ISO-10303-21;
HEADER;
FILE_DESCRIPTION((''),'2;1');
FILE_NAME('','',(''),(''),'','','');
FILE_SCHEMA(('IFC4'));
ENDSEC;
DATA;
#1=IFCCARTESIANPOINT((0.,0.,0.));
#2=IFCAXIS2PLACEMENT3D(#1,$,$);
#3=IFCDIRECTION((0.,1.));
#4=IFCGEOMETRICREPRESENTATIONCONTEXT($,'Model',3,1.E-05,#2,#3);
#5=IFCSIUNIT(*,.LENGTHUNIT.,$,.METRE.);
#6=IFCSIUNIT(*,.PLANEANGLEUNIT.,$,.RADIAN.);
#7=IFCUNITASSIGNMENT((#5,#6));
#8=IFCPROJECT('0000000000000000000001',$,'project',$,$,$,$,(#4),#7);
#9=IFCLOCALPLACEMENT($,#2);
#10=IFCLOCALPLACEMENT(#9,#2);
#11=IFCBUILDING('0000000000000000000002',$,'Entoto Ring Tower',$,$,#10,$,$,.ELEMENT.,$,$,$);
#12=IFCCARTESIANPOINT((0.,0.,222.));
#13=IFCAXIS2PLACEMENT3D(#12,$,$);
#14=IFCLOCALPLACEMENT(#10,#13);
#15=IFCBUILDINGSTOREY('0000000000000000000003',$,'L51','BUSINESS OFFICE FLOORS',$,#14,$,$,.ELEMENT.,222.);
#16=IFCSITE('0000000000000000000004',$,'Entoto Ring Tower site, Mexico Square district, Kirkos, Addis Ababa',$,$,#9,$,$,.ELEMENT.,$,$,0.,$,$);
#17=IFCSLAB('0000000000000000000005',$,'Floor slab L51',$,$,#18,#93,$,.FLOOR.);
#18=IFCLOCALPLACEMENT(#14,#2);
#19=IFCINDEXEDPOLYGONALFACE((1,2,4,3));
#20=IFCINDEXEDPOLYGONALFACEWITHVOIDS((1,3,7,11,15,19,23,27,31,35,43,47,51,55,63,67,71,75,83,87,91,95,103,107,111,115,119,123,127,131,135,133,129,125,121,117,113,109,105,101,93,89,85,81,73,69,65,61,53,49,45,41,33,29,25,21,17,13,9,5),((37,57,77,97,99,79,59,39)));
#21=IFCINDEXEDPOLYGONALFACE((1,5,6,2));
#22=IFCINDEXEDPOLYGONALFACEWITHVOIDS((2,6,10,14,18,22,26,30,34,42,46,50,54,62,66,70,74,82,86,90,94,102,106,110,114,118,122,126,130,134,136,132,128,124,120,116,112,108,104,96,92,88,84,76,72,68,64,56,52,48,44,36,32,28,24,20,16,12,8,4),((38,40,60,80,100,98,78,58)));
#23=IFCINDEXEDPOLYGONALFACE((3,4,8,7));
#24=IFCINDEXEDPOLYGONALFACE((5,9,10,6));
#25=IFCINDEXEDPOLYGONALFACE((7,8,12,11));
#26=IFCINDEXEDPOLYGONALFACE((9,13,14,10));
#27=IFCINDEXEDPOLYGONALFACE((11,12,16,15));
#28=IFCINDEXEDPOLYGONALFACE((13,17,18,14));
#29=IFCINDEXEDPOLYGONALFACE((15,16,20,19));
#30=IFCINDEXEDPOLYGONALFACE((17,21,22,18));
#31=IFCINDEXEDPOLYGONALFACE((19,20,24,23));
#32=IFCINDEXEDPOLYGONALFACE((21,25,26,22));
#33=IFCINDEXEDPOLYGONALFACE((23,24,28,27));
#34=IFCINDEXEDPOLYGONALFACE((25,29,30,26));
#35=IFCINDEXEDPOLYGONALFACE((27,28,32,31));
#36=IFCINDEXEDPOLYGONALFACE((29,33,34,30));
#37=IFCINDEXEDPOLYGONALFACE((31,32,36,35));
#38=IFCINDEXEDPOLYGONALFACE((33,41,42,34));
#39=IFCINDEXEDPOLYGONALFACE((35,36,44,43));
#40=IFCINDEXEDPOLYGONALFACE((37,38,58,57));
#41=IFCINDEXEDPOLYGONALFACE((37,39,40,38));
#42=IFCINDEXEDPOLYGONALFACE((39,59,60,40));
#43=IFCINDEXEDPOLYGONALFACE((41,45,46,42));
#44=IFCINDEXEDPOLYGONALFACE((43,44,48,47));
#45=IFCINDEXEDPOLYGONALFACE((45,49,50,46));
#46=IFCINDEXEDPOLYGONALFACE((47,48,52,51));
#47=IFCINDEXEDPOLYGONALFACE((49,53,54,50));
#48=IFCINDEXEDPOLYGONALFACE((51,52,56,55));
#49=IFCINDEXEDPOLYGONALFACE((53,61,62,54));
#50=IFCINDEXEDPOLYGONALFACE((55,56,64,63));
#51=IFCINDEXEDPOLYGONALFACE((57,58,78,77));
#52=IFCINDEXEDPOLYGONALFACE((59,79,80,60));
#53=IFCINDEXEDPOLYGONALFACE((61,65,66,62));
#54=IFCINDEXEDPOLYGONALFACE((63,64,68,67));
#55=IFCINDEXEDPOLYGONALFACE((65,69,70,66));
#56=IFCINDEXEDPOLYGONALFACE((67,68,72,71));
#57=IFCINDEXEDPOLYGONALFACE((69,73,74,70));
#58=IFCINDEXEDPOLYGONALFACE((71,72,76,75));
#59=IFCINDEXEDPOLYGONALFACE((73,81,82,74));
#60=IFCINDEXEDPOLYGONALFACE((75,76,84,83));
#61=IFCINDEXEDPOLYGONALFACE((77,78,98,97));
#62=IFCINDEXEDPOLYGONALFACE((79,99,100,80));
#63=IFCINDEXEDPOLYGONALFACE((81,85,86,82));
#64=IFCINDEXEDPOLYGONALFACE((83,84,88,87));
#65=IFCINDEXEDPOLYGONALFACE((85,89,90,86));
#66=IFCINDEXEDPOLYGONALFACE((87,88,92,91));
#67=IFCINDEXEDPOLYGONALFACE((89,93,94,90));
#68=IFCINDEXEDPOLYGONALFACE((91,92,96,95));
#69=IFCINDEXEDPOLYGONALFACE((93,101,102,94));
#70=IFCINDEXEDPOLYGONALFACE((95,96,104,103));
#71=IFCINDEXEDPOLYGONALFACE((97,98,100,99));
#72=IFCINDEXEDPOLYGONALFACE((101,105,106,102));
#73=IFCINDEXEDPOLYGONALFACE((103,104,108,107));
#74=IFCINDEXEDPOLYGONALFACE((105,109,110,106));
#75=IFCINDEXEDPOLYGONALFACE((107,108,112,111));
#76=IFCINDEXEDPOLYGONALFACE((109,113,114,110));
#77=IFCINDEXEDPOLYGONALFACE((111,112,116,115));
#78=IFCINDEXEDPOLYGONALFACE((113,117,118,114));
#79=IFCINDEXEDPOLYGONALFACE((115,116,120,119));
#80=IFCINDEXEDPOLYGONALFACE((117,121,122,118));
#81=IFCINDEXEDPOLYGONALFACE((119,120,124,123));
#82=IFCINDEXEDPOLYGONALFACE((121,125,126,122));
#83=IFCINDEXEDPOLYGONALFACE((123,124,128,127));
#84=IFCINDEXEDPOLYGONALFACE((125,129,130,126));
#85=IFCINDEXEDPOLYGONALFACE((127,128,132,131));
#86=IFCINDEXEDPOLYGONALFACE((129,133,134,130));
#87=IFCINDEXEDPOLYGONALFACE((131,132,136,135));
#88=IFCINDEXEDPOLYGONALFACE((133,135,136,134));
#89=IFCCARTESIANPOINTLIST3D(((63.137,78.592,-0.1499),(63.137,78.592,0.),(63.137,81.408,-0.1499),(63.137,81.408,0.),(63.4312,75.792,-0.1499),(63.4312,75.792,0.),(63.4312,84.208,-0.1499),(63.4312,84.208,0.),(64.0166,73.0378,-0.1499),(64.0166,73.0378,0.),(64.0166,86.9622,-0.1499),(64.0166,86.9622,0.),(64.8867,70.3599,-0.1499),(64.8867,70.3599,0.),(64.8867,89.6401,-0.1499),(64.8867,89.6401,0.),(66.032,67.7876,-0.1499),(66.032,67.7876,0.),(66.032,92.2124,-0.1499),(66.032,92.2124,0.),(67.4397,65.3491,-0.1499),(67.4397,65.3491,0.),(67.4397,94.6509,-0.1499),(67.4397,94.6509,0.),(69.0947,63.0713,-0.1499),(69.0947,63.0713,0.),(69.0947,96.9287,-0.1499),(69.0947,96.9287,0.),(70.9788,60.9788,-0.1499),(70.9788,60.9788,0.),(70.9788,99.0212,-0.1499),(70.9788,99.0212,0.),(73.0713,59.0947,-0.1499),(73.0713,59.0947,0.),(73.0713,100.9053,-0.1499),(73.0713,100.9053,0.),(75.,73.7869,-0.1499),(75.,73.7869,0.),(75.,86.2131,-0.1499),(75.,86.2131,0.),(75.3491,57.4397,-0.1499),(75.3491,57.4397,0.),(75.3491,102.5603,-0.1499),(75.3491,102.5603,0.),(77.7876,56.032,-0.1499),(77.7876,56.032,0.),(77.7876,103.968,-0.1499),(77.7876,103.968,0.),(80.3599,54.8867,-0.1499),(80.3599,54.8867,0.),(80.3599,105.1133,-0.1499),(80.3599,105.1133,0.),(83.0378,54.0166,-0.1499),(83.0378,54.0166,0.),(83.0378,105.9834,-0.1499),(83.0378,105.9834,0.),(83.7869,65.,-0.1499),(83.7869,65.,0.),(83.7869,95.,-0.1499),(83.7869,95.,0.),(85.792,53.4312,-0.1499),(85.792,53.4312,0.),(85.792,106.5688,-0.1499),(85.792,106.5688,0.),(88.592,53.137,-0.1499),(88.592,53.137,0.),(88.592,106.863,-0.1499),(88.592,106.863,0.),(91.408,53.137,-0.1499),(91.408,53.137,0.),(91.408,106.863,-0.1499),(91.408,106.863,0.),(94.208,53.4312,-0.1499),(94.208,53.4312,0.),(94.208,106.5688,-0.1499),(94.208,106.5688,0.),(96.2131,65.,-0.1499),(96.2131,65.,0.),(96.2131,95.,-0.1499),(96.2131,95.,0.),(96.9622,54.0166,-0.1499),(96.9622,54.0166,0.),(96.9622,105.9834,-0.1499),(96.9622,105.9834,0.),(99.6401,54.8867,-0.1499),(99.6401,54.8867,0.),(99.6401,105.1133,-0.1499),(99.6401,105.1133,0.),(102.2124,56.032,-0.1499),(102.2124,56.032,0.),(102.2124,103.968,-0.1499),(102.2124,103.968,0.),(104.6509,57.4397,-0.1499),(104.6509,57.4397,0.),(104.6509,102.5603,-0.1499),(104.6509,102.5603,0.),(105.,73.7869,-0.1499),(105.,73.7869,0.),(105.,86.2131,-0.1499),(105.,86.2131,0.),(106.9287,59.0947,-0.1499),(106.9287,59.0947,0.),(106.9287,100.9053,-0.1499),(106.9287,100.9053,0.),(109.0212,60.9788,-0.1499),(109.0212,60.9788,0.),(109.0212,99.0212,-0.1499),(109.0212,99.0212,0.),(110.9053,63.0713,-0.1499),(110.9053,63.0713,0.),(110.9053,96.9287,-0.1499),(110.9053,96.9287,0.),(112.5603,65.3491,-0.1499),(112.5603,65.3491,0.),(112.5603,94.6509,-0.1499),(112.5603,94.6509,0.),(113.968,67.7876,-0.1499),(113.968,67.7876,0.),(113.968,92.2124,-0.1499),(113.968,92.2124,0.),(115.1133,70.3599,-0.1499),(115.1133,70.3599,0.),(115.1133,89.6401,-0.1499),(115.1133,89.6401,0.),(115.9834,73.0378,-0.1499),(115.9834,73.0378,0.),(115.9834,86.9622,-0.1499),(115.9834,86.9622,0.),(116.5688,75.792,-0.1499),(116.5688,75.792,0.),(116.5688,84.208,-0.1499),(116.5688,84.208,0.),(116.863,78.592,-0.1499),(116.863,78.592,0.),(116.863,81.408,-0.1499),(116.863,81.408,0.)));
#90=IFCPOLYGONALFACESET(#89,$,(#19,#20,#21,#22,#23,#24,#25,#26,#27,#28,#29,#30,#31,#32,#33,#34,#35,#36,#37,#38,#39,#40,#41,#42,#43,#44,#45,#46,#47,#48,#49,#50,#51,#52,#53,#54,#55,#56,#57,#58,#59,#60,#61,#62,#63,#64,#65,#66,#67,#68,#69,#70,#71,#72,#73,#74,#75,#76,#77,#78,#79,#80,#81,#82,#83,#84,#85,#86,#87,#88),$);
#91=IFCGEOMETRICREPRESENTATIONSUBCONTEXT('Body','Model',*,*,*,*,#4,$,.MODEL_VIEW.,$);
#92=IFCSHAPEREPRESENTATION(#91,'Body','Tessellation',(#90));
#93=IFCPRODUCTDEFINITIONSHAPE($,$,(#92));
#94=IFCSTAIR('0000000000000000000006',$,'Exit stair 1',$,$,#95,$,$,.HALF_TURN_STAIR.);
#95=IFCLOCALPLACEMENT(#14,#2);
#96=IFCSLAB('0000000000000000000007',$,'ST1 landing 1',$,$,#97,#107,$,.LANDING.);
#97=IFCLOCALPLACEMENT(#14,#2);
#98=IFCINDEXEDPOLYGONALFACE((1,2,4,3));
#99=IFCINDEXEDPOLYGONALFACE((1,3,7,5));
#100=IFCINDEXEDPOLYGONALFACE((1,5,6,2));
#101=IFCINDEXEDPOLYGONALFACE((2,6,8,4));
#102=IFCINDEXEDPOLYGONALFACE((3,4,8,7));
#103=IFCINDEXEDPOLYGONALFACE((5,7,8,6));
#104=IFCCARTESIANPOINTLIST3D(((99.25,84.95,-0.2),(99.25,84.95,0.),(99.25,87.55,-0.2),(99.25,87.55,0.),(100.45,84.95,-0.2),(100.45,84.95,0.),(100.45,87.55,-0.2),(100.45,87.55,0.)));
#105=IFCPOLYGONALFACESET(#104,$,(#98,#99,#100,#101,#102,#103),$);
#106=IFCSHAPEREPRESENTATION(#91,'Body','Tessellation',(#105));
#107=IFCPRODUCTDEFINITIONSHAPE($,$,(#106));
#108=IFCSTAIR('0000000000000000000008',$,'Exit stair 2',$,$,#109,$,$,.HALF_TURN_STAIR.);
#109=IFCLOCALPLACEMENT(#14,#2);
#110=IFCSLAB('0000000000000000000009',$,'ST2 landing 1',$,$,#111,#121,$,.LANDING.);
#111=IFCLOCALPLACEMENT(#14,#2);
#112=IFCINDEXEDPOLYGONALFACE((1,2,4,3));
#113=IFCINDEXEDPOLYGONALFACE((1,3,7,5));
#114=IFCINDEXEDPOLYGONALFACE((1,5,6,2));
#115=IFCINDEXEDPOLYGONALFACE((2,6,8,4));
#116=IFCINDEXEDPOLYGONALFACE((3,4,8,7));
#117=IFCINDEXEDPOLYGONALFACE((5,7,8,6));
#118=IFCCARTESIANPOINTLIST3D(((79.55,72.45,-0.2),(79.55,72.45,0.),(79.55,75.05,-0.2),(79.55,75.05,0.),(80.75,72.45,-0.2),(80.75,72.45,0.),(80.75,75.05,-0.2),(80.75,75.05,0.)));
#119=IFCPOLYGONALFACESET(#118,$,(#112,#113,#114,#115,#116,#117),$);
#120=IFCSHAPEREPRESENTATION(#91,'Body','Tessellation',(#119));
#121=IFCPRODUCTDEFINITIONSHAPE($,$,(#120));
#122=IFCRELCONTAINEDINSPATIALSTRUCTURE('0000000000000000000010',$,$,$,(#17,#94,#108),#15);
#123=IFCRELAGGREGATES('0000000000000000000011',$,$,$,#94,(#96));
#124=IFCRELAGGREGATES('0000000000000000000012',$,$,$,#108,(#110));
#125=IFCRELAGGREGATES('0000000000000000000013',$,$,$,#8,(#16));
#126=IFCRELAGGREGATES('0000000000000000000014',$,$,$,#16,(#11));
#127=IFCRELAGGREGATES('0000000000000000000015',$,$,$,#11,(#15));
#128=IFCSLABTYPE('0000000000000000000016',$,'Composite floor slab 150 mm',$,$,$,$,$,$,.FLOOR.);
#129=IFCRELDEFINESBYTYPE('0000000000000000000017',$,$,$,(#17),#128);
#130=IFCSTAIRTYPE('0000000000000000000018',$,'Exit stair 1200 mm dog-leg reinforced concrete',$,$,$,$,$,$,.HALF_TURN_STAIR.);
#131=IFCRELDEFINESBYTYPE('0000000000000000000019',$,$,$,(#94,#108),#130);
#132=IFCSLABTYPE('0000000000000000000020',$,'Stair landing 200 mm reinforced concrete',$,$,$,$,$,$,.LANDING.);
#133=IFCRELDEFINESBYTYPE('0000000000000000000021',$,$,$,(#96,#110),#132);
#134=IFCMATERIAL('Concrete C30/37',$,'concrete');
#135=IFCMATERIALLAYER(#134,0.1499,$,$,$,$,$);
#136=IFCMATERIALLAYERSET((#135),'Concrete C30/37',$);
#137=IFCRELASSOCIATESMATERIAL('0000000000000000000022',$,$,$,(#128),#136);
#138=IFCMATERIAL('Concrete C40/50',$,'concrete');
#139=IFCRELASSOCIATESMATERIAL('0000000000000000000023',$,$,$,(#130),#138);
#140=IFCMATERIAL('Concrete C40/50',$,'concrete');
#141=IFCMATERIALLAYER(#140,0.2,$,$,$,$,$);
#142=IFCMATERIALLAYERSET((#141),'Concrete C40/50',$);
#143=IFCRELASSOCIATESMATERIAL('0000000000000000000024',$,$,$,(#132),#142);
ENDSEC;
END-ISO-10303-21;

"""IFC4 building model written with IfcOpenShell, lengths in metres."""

from ifc_helpers import new_model, si_unit, direction, frame, origin, place, context, subcontext, project, spatial, polyline, outline, extrude, material, layer, layer_set, type_object, element, aggregate, save


model = new_model("IFC4")

# Units and contexts
model_context = context("Model", 3, precision=1e-05, world=origin(), true_north=direction((0.0, 1.0)))
body_context = subcontext(model_context, "Body", "Model", "MODEL_VIEW")
ifc_project = project(units=[si_unit("LENGTHUNIT", "METRE"), si_unit("PLANEANGLEUNIT", "RADIAN")], contexts=[model_context])

# Site, building, storey
site_placement = place(None, origin())
building_placement = place(site_placement, origin())
storey_placement = place(building_placement, frame((0.0, 0.0, 222.0)))
site = spatial("IfcSite", under=ifc_project, at=site_placement, Name="Entoto Ring Tower site, Mexico Square district, Kirkos, Addis Ababa", CompositionType="ELEMENT", RefElevation=0.0)
building = spatial("IfcBuilding", under=site, at=building_placement, Name="Entoto Ring Tower", CompositionType="ELEMENT")
storey = spatial("IfcBuildingStorey", under=building, at=storey_placement, Name="L51", Description="BUSINESS OFFICE FLOORS", CompositionType="ELEMENT", Elevation=222.0)

# Slab
ifc_material_1 = material(Name="Concrete C30/37", Category="concrete")
ifc_layer_1 = layer(ifc_material_1, 0.1499)
ifc_layer_set_1 = layer_set([ifc_layer_1], Name="Concrete C30/37")
slab_type_1 = type_object("IfcSlabType", Name="Composite floor slab 150 mm", PredefinedType="FLOOR", material=ifc_layer_set_1)
slab_1_placement = place(storey_placement, frame((0.0, 0.0, -0.1499)))
element("IfcSlab", 1, at=slab_1_placement, inside=storey, type_object=slab_type_1, Name="Floor slab L51", PredefinedType="FLOOR", context=body_context, shape_type="SweptSolid", body=[
    extrude(outline(polyline([(116.5688, 84.208), (115.9834, 86.9622), (115.1133, 89.6401), (113.968, 92.2124), (112.5603, 94.6509), (110.9053, 96.9287), (109.0212, 99.0212), (106.9287, 100.9053), (104.6509, 102.5603), (102.2124, 103.968), (99.6401, 105.1133), (96.9622, 105.9834), (94.208, 106.5688), (91.408, 106.863), (88.592, 106.863), (85.792, 106.5688), (83.0378, 105.9834), (80.3599, 105.1133), (77.7876, 103.968), (75.3491, 102.5603), (73.0713, 100.9053), (70.9788, 99.0212), (69.0947, 96.9287), (67.4397, 94.6509), (66.032, 92.2124), (64.8867, 89.6401), (64.0166, 86.9622), (63.4312, 84.208), (63.137, 81.408), (63.137, 78.592), (63.4312, 75.792), (64.0166, 73.0378), (64.8867, 70.3599), (66.032, 67.7876), (67.4397, 65.3491), (69.0947, 63.0713), (70.9788, 60.9788), (73.0713, 59.0947), (75.3491, 57.4397), (77.7876, 56.032), (80.3599, 54.8867), (83.0378, 54.0166), (85.792, 53.4312), (88.592, 53.137), (91.408, 53.137), (94.208, 53.4312), (96.9622, 54.0166), (99.6401, 54.8867), (102.2124, 56.032), (104.6509, 57.4397), (106.9287, 59.0947), (109.0212, 60.9788), (110.9053, 63.0713), (112.5603, 65.3491), (113.968, 67.7876), (115.1133, 70.3599), (115.9834, 73.0378), (116.5688, 75.792), (116.863, 78.592), (116.863, 81.408), (116.5688, 84.208)]), holes=[polyline([(105.0, 73.7869), (105.0, 86.2131), (96.2131, 95.0), (83.7869, 95.0), (75.0, 86.2131), (75.0, 73.7869), (83.7869, 65.0), (96.2131, 65.0), (105.0, 73.7869)])]), origin(), (0.0, 0.0, 1.0), 0.1499),
])

# Stairs, slabs
ifc_material_2 = material(Name="Concrete C40/50", Category="concrete")
stair_type = type_object("IfcStairType", Name="Exit stair 1200 mm dog-leg reinforced concrete", PredefinedType="HALF_TURN_STAIR", material=ifc_material_2)
stair_1_placement = place(storey_placement, origin())
stair_1 = element("IfcStair", 2, at=stair_1_placement, inside=storey, type_object=stair_type, Name="Exit stair 1", PredefinedType="HALF_TURN_STAIR")
ifc_material_3 = material(Name="Concrete C40/50", Category="concrete")
ifc_layer_2 = layer(ifc_material_3, 0.2)
ifc_layer_set_2 = layer_set([ifc_layer_2], Name="Concrete C40/50")
slab_type_2 = type_object("IfcSlabType", Name="Stair landing 200 mm reinforced concrete", PredefinedType="LANDING", material=ifc_layer_set_2)
slab_2_placement = place(storey_placement, frame((0.0, 0.0, -0.2)))
slab_2 = element("IfcSlab", 3, at=slab_2_placement, type_object=slab_type_2, Name="ST1 landing 1", PredefinedType="LANDING", context=body_context, shape_type="SweptSolid", body=[
    extrude(outline(polyline([(100.45, 84.95), (100.45, 87.55), (99.25, 87.55), (99.25, 84.95), (100.45, 84.95)])), origin(), (0.0, 0.0, 1.0), 0.2),
])
aggregate(stair_1, [slab_2])
stair_2_placement = place(storey_placement, origin())
stair_2 = element("IfcStair", 4, at=stair_2_placement, inside=storey, type_object=stair_type, Name="Exit stair 2", PredefinedType="HALF_TURN_STAIR")
slab_3_placement = place(storey_placement, frame((0.0, 0.0, -0.2)))
slab_3 = element("IfcSlab", 5, at=slab_3_placement, type_object=slab_type_2, Name="ST2 landing 1", PredefinedType="LANDING", context=body_context, shape_type="SweptSolid", body=[
    extrude(outline(polyline([(80.75, 72.45), (80.75, 75.05), (79.55, 75.05), (79.55, 72.45), (80.75, 72.45)])), origin(), (0.0, 0.0, 1.0), 0.2),
])
aggregate(stair_2, [slab_3])

save(model, "model.ifc")
